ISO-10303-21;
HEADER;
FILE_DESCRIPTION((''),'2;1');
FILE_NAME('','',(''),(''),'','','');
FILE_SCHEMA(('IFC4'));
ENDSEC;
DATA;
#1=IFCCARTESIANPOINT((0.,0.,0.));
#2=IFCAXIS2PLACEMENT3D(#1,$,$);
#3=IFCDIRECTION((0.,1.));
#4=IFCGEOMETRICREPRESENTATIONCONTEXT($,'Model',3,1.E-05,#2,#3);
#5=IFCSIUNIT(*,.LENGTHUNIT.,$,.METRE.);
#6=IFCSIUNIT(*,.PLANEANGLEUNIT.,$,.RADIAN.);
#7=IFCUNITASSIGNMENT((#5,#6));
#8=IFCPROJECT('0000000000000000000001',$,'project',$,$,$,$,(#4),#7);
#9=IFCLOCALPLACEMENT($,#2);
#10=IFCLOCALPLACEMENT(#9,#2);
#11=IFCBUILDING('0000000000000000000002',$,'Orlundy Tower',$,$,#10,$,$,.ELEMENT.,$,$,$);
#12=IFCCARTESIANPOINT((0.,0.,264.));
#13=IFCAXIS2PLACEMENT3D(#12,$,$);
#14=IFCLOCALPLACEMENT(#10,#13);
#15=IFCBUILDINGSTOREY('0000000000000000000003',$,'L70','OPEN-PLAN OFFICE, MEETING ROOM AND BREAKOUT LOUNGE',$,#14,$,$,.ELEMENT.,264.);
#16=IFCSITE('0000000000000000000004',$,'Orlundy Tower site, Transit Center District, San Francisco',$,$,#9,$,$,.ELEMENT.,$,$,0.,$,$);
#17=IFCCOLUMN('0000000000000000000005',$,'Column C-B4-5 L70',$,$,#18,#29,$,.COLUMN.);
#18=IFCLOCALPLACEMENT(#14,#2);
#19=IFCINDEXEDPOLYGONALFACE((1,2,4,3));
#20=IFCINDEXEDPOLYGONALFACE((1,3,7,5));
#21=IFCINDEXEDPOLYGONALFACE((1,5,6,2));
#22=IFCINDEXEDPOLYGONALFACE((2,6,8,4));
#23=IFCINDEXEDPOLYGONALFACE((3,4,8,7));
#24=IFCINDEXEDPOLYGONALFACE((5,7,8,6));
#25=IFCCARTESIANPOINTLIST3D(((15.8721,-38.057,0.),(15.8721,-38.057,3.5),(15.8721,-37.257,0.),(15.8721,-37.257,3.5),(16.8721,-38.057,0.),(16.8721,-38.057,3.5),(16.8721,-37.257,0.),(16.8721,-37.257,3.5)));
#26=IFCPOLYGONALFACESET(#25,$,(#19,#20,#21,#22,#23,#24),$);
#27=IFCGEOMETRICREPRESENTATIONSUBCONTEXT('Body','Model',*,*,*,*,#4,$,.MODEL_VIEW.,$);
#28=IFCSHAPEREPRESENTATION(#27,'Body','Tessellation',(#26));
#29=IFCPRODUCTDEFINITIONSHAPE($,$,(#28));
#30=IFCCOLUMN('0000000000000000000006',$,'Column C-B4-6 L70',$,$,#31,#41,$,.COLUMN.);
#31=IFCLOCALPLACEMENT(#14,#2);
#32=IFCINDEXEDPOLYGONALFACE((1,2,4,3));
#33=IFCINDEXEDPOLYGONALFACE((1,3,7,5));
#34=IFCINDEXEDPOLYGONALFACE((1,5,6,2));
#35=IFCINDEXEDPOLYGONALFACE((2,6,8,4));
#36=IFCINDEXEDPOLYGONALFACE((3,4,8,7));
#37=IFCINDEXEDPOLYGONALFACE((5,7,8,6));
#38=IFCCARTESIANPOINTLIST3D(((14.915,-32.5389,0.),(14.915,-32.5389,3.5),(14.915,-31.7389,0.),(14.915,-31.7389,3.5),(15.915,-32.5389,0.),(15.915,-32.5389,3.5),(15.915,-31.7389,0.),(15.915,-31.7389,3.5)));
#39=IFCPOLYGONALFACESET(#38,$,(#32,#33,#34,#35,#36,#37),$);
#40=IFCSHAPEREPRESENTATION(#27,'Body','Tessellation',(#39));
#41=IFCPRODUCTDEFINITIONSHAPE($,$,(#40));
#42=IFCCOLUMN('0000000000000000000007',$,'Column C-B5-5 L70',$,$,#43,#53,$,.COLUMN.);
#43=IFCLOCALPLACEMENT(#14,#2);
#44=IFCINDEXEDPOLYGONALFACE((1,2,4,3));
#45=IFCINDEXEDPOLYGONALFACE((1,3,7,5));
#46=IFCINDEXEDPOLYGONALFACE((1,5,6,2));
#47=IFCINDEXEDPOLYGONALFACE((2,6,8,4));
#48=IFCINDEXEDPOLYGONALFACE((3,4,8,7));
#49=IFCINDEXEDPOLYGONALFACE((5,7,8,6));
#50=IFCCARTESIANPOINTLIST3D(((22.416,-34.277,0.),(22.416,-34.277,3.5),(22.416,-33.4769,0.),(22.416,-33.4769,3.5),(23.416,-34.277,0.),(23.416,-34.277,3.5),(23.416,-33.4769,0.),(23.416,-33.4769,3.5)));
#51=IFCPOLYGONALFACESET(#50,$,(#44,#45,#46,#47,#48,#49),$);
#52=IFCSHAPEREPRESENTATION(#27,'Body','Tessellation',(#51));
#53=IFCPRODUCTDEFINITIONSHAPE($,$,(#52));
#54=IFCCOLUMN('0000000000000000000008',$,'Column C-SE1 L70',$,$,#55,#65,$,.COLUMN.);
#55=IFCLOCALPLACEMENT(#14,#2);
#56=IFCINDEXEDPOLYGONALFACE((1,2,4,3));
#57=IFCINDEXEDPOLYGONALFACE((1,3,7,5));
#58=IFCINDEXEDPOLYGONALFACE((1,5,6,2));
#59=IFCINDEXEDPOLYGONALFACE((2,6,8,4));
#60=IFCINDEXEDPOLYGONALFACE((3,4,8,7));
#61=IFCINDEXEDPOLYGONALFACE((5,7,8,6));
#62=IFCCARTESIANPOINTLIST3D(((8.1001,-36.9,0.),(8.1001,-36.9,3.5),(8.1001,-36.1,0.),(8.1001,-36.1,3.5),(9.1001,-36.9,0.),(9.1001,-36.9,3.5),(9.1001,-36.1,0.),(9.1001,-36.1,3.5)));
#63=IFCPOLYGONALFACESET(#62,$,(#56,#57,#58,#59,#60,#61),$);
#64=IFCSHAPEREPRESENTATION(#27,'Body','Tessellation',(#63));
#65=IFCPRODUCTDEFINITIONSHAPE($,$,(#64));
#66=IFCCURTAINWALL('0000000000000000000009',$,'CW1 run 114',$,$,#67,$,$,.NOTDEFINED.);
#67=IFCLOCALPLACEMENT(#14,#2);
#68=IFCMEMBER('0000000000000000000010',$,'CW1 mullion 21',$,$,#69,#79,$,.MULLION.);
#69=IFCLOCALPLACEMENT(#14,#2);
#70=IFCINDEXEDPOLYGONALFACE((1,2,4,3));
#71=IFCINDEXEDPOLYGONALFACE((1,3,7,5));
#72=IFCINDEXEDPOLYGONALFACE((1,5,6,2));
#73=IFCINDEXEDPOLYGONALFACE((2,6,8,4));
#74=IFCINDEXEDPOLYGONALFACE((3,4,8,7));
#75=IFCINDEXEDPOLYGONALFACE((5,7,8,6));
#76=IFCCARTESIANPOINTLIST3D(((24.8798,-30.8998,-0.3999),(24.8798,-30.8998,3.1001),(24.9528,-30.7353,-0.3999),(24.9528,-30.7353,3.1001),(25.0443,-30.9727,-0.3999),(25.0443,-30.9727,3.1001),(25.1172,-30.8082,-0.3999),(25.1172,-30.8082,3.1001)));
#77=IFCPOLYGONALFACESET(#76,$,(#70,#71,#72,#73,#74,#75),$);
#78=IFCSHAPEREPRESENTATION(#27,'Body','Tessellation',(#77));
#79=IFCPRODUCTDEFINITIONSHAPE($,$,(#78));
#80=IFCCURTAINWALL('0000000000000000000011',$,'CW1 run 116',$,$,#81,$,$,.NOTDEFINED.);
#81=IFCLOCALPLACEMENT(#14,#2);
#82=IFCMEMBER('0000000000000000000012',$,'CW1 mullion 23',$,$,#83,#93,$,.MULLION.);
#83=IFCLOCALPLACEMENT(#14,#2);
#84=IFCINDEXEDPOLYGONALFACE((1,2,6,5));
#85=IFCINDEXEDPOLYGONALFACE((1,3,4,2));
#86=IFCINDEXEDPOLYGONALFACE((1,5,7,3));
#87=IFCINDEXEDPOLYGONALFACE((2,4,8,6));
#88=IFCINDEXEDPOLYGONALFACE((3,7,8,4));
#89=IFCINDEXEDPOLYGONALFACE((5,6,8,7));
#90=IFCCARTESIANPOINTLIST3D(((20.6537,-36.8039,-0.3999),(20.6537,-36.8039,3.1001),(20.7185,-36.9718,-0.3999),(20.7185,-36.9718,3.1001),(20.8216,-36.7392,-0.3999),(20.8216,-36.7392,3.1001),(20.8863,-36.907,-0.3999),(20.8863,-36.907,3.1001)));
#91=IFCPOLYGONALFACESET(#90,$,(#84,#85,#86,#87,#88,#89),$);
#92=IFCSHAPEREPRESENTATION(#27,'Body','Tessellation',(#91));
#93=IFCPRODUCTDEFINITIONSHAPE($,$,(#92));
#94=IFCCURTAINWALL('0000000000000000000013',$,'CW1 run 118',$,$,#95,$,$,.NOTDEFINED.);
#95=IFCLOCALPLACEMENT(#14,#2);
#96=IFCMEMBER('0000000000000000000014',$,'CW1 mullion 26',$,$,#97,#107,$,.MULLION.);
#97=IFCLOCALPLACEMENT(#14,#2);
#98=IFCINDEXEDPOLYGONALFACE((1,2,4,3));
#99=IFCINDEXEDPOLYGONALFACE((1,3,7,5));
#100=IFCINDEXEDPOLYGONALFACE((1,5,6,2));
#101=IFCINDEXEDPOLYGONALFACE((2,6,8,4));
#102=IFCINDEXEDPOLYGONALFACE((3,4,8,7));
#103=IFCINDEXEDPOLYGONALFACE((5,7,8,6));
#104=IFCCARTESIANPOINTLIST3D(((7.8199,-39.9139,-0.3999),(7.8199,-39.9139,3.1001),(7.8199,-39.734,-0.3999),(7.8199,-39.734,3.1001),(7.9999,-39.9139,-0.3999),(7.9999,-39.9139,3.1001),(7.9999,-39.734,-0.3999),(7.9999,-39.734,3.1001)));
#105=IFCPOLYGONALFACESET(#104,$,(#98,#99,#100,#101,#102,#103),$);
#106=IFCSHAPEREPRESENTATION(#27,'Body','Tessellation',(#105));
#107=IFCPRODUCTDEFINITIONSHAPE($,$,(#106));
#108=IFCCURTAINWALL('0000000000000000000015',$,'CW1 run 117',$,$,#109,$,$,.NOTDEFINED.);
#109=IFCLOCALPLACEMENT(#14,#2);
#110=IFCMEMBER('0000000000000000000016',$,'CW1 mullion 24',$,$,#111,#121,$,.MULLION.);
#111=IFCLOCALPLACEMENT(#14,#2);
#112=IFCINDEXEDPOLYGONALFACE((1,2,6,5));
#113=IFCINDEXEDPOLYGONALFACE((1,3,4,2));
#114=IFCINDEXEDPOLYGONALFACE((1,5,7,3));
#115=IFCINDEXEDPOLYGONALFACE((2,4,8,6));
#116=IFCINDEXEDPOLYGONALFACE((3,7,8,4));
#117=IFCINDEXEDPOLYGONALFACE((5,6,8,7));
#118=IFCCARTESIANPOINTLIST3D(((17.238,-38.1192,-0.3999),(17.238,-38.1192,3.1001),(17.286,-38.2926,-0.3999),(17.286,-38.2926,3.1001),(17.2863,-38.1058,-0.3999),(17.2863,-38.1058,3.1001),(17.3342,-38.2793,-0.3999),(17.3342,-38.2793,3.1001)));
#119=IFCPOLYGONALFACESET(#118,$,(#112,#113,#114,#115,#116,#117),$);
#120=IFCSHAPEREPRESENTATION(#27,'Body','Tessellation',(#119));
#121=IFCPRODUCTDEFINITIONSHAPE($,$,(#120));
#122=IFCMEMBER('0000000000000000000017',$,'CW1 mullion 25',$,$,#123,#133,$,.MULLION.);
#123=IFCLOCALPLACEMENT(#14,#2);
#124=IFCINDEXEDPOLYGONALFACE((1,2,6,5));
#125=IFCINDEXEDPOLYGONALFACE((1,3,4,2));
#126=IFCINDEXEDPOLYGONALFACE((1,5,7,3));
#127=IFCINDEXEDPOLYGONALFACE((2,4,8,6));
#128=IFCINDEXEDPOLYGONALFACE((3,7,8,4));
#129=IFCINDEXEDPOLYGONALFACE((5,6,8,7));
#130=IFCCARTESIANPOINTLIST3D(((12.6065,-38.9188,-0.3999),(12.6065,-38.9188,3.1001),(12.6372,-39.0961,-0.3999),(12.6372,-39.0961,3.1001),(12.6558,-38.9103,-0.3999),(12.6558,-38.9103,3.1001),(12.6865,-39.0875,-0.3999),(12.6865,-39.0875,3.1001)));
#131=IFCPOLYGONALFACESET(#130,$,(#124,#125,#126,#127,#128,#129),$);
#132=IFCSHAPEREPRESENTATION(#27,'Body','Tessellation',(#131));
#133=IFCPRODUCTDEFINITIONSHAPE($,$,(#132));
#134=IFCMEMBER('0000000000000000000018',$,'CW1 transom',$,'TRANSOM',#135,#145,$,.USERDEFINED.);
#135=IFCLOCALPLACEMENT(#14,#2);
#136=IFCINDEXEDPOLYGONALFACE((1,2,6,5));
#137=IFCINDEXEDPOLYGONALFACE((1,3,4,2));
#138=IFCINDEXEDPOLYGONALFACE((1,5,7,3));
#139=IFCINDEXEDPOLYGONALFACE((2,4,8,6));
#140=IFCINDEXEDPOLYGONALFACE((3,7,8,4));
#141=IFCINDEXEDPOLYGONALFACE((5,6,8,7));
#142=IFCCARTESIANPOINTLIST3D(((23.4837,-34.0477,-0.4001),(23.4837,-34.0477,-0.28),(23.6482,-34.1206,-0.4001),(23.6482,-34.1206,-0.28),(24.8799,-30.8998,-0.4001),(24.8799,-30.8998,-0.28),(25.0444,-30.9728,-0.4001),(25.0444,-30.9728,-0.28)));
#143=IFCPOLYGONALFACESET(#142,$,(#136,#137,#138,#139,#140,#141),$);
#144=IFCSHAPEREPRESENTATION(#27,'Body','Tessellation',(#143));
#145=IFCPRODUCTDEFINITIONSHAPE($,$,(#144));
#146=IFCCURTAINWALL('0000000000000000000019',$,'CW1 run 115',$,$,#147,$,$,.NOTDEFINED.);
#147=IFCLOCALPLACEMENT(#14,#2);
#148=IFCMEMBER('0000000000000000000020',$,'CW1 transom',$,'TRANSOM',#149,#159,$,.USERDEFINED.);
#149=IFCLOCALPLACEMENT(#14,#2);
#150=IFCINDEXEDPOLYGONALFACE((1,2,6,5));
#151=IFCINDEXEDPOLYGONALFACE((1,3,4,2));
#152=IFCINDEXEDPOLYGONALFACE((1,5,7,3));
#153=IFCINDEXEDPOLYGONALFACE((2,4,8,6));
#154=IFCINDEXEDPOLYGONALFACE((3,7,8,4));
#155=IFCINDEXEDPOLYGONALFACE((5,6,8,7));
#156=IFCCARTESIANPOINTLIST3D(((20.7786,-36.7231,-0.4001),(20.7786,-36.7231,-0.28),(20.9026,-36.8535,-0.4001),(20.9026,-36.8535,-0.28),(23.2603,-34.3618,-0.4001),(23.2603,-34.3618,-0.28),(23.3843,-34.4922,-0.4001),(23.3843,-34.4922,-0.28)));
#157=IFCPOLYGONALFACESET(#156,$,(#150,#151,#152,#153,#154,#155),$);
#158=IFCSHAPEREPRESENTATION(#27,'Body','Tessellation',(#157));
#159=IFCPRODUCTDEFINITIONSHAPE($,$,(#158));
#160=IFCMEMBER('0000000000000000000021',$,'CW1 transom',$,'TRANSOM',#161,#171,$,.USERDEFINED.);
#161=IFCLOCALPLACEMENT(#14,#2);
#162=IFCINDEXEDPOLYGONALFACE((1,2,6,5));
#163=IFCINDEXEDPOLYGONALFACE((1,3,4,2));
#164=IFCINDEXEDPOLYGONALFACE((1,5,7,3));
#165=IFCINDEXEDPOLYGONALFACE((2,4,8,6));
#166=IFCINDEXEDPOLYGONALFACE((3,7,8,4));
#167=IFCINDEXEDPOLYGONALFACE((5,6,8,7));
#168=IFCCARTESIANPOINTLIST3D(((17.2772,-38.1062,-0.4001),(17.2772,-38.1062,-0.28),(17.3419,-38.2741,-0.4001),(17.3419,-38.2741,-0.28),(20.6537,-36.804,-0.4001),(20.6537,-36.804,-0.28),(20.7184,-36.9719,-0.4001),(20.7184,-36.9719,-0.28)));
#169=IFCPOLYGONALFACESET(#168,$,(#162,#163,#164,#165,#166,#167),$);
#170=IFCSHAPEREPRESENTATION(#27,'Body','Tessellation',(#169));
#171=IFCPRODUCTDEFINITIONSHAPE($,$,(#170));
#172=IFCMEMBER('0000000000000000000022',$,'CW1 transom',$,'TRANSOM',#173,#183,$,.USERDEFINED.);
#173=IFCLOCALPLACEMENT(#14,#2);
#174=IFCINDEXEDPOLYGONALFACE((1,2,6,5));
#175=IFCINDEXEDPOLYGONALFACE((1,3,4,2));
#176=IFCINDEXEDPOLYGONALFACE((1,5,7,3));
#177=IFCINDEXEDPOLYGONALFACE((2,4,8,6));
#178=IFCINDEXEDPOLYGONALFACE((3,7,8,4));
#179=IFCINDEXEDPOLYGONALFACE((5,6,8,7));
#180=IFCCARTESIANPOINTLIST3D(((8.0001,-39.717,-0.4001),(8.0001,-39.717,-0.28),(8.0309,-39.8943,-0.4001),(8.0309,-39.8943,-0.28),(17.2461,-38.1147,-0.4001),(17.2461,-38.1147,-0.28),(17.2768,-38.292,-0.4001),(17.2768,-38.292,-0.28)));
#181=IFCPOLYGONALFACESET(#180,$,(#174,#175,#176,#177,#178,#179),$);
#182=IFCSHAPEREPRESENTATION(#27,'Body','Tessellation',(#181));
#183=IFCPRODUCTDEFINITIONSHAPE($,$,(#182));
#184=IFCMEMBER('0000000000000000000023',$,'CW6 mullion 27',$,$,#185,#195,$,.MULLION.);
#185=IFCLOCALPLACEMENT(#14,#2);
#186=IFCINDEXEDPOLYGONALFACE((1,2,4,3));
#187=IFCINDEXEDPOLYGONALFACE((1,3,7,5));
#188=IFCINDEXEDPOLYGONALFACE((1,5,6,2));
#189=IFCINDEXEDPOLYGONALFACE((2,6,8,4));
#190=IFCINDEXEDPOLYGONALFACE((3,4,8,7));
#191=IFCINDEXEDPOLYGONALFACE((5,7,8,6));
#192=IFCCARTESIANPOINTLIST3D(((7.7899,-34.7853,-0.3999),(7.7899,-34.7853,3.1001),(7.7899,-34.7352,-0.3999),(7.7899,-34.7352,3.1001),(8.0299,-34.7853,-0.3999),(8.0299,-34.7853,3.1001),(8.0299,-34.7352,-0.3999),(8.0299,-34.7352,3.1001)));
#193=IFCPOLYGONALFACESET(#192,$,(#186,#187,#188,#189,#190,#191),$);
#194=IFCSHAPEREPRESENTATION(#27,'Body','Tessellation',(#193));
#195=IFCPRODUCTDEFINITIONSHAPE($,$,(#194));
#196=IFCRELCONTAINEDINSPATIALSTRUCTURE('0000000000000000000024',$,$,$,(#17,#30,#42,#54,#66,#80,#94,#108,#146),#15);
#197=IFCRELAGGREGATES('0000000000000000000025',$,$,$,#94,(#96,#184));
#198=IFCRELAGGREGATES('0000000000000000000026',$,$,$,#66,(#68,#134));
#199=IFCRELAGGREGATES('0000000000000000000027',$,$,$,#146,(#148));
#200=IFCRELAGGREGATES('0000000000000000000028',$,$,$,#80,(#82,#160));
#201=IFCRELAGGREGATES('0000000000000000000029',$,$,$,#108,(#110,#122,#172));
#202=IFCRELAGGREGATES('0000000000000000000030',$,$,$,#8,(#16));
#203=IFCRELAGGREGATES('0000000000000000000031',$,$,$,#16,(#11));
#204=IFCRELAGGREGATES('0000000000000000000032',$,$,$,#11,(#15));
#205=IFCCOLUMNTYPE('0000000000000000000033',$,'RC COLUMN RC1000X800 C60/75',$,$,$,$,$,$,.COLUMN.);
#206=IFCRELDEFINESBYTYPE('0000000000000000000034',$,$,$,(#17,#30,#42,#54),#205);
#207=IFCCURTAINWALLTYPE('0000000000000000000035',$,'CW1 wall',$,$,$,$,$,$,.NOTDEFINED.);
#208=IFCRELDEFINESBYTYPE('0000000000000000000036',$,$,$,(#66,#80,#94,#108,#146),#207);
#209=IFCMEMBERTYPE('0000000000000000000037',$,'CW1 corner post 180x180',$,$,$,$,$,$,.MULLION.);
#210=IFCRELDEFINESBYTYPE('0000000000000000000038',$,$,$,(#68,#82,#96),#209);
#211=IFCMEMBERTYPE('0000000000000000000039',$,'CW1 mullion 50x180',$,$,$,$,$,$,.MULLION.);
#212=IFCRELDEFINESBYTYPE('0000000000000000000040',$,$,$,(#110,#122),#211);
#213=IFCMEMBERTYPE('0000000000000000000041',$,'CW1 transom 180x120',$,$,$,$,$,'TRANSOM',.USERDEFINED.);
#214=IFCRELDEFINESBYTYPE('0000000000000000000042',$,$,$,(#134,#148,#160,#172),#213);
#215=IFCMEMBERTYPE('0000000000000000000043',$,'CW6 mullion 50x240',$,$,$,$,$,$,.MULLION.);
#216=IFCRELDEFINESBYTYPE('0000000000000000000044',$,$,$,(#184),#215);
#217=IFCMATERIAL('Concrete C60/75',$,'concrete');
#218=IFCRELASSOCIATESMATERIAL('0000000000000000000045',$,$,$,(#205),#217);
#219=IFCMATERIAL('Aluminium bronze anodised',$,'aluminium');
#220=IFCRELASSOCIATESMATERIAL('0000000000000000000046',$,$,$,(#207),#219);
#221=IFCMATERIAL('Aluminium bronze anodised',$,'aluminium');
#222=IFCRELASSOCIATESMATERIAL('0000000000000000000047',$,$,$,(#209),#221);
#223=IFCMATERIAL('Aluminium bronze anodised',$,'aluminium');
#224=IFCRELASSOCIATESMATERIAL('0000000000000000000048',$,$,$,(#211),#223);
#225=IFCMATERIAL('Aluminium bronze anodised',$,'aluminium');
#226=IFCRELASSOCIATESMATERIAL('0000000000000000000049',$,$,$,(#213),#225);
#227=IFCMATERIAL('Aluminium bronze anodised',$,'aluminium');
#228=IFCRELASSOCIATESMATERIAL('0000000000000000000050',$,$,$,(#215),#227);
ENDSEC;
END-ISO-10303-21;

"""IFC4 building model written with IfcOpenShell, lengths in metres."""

from ifc_helpers import new_model, si_unit, direction, frame, origin, origin_2d, place, context, subcontext, project, spatial, rectangle, extrude, material, material_profile, profile_set, type_object, element, aggregate, save


model = new_model("IFC4")

# Units and contexts
model_context = context("Model", 3, precision=1e-05, world=origin(), true_north=direction((0.0, 1.0)))
body_context = subcontext(model_context, "Body", "Model", "MODEL_VIEW")
ifc_project = project(units=[si_unit("LENGTHUNIT", "METRE"), si_unit("PLANEANGLEUNIT", "RADIAN")], contexts=[model_context])

# Site, building, storey
site_placement = place(None, origin())
site = spatial("IfcSite", under=ifc_project, at=site_placement, Name="Orlundy Tower site, Transit Center District, San Francisco", CompositionType="ELEMENT", RefElevation=0.0)
building_placement = place(site_placement, origin())
building = spatial("IfcBuilding", under=site, at=building_placement, Name="Orlundy Tower", CompositionType="ELEMENT")
storey_placement = place(building_placement, frame((0.0, 0.0, 264.0)))
storey = spatial("IfcBuildingStorey", under=building, at=storey_placement, Name="L70", Description="OPEN-PLAN OFFICE, MEETING ROOM AND BREAKOUT LOUNGE", CompositionType="ELEMENT", Elevation=264.0)

# Columns
ifc_material_1 = material(Name="Concrete C60/75", Category="concrete")
ifc_material_profile_1 = material_profile(ifc_material_1, rectangle(XDim=1.0, YDim=0.8, at=origin_2d()), Name="RC1000X800")
ifc_profile_set_1 = profile_set([ifc_material_profile_1], Name="Concrete C60/75")
column_type = type_object("IfcColumnType", Name="RC COLUMN RC1000X800 C60/75", PredefinedType="COLUMN", material=ifc_profile_set_1)
for number, where, z_axis, x_axis, name in (
    (1, (16.3721, -37.657, 0.0), (0.0, 0.0, 1.0), (1.0, 0.0, 0.0), "Column C-B4-5 L70"),
    (2, (15.415, -32.1389, 0.0), (0.0, 0.0, 1.0), (1.0, 0.0, 0.0), "Column C-B4-6 L70"),
    (3, (22.916, -33.877, 0.0), (0.0, 0.0, 1.0), (1.0, 0.0, 0.0), "Column C-B5-5 L70"),
    (4, (8.6001, -36.5, 0.0), (0.0, 0.0, 1.0), (1.0, 0.0, 0.0), "Column C-SE1 L70"),
):
    element("IfcColumn", number, at=place(storey_placement, frame(where, z_axis=z_axis, x_axis=x_axis)), inside=storey, type_object=column_type, Name=name, PredefinedType="COLUMN", context=body_context, shape_type="SweptSolid", body=[
        extrude(rectangle(XDim=1.0, YDim=0.8, at=origin_2d()), origin(), (0.0, 0.0, 1.0), 3.5),
    ])

# Curtain walls, members
ifc_material_2 = material(Name="Aluminium bronze anodised", Category="aluminium")
curtain_wall_type = type_object("IfcCurtainWallType", Name="CW1 wall", PredefinedType="NOTDEFINED", material=ifc_material_2)
curtain_wall_1_placement = place(storey_placement, origin())
curtain_wall_1 = element("IfcCurtainWall", 5, at=curtain_wall_1_placement, inside=storey, type_object=curtain_wall_type, Name="CW1 run 114", PredefinedType="NOTDEFINED")
ifc_material_3 = material(Name="Aluminium bronze anodised", Category="aluminium")
ifc_material_profile_2 = material_profile(ifc_material_3, rectangle(XDim=0.1799, YDim=0.1799, at=origin_2d()), Name="CW1 corner post 180x180")
ifc_profile_set_2 = profile_set([ifc_material_profile_2], Name="Aluminium bronze anodised")
member_type_1 = type_object("IfcMemberType", Name="CW1 corner post 180x180", PredefinedType="MULLION", material=ifc_profile_set_2)
member_1_placement = place(storey_placement, frame((24.9985, -30.854, -0.3999), z_axis=(0.0, 0.0, 1.0), x_axis=(0.914134, -0.405413, 0.0)))
member_1 = element("IfcMember", 6, at=member_1_placement, type_object=member_type_1, Name="CW1 mullion 21", PredefinedType="MULLION", context=body_context, shape_type="SweptSolid", body=[
    extrude(rectangle(XDim=0.1799, YDim=0.1799, at=origin_2d()), origin(), (0.0, 0.0, 1.0), 3.5),
])
curtain_wall_2_placement = place(storey_placement, origin())
curtain_wall_2 = element("IfcCurtainWall", 7, at=curtain_wall_2_placement, inside=storey, type_object=curtain_wall_type, Name="CW1 run 116", PredefinedType="NOTDEFINED")
member_2_placement = place(storey_placement, frame((20.77, -36.8555, -0.3999), z_axis=(0.0, 0.0, 1.0), x_axis=(0.359828, -0.933018, 0.0)))
member_2 = element("IfcMember", 8, at=member_2_placement, type_object=member_type_1, Name="CW1 mullion 23", PredefinedType="MULLION", context=body_context, shape_type="SweptSolid", body=[
    extrude(rectangle(XDim=0.1799, YDim=0.1799, at=origin_2d()), origin(), (0.0, 0.0, 1.0), 3.5),
])
curtain_wall_3_placement = place(storey_placement, origin())
curtain_wall_3 = element("IfcCurtainWall", 9, at=curtain_wall_3_placement, inside=storey, type_object=curtain_wall_type, Name="CW1 run 118", PredefinedType="NOTDEFINED")
member_3_placement = place(storey_placement, frame((7.9099, -39.824, -0.3999), z_axis=(0.0, 0.0, 1.0), x_axis=(-1.0, 0.0, 0.0)))
member_3 = element("IfcMember", 10, at=member_3_placement, type_object=member_type_1, Name="CW1 mullion 26", PredefinedType="MULLION", context=body_context, shape_type="SweptSolid", body=[
    extrude(rectangle(XDim=0.1799, YDim=0.1799, at=origin_2d()), origin(), (0.0, 0.0, 1.0), 3.5),
])

# Curtain wall, members
curtain_wall_4_placement = place(storey_placement, origin())
curtain_wall_4 = element("IfcCurtainWall", 11, at=curtain_wall_4_placement, inside=storey, type_object=curtain_wall_type, Name="CW1 run 117", PredefinedType="NOTDEFINED")
ifc_material_4 = material(Name="Aluminium bronze anodised", Category="aluminium")
ifc_material_profile_3 = material_profile(ifc_material_4, rectangle(XDim=0.1799, YDim=0.05, at=origin_2d()), Name="CW1 mullion 50x180")
ifc_profile_set_3 = profile_set([ifc_material_profile_3], Name="Aluminium bronze anodised")
member_type_2 = type_object("IfcMemberType", Name="CW1 mullion 50x180", PredefinedType="MULLION", material=ifc_profile_set_3)
member_4_placement = place(storey_placement, frame((17.2861, -38.1992, -0.3999), z_axis=(0.0, 0.0, 1.0), x_axis=(0.266572, -0.963815, 0.0)))
member_4 = element("IfcMember", 12, at=member_4_placement, type_object=member_type_2, Name="CW1 mullion 24", PredefinedType="MULLION", context=body_context, shape_type="SweptSolid", body=[
    extrude(rectangle(XDim=0.1799, YDim=0.05, at=origin_2d()), origin(), (0.0, 0.0, 1.0), 3.5),
])
member_5_placement = place(storey_placement, frame((12.6465, -39.0032, -0.3999), z_axis=(0.0, 0.0, 1.0), x_axis=(0.170744, -0.985315, 0.0)))
member_5 = element("IfcMember", 13, at=member_5_placement, type_object=member_type_2, Name="CW1 mullion 25", PredefinedType="MULLION", context=body_context, shape_type="SweptSolid", body=[
    extrude(rectangle(XDim=0.1799, YDim=0.05, at=origin_2d()), origin(), (0.0, 0.0, 1.0), 3.5),
])

# Member
ifc_material_5 = material(Name="Aluminium bronze anodised", Category="aluminium")
ifc_material_profile_4 = material_profile(ifc_material_5, rectangle(XDim=0.1799, YDim=0.1201, at=origin_2d()), Name="CW1 transom 180x120")
ifc_profile_set_4 = profile_set([ifc_material_profile_4], Name="Aluminium bronze anodised")
member_type_3 = type_object("IfcMemberType", Name="CW1 transom 180x120", ElementType="TRANSOM", PredefinedType="USERDEFINED", material=ifc_profile_set_4)
member_6_placement = place(storey_placement, frame((24.9622, -30.9363, -0.3401), z_axis=(-0.405448, -0.914118, 0.0), x_axis=(0.914118, -0.405448, 0.0)))
member_6 = element("IfcMember", 14, at=member_6_placement, type_object=member_type_3, Name="CW1 transom", ObjectType="TRANSOM", PredefinedType="USERDEFINED", context=body_context, shape_type="SweptSolid", body=[
    extrude(rectangle(XDim=0.1799, YDim=0.1201, at=origin_2d()), origin(), (0.0, 0.0, 1.0), 3.4436),
])

# Curtain wall, member
curtain_wall_5_placement = place(storey_placement, origin())
curtain_wall_5 = element("IfcCurtainWall", 15, at=curtain_wall_5_placement, inside=storey, type_object=curtain_wall_type, Name="CW1 run 115", PredefinedType="NOTDEFINED")
member_7_placement = place(storey_placement, frame((23.3223, -34.427, -0.3401), z_axis=(-0.724456, -0.689321, 0.0), x_axis=(0.689321, -0.724456, 0.0)))
member_7 = element("IfcMember", 16, at=member_7_placement, type_object=member_type_3, Name="CW1 transom", ObjectType="TRANSOM", PredefinedType="USERDEFINED", context=body_context, shape_type="SweptSolid", body=[
    extrude(rectangle(XDim=0.1799, YDim=0.1201, at=origin_2d()), origin(), (0.0, 0.0, 1.0), 3.4255),
])

# Members
member_8_placement = place(storey_placement, frame((20.686, -36.8879, -0.3401), z_axis=(-0.933011, -0.359847, 0.0), x_axis=(0.359847, -0.933011, 0.0)))
member_8 = element("IfcMember", 17, at=member_8_placement, type_object=member_type_3, Name="CW1 transom", ObjectType="TRANSOM", PredefinedType="USERDEFINED", context=body_context, shape_type="SweptSolid", body=[
    extrude(rectangle(XDim=0.1799, YDim=0.1201, at=origin_2d()), origin(), (0.0, 0.0, 1.0), 3.6189),
])
member_9_placement = place(storey_placement, frame((17.2615, -38.2034, -0.3401), z_axis=(-0.985314, -0.170749, 0.0), x_axis=(0.170749, -0.985314, 0.0)))
member_9 = element("IfcMember", 18, at=member_9_placement, type_object=member_type_3, Name="CW1 transom", ObjectType="TRANSOM", PredefinedType="USERDEFINED", context=body_context, shape_type="SweptSolid", body=[
    extrude(rectangle(XDim=0.1799, YDim=0.1201, at=origin_2d()), origin(), (0.0, 0.0, 1.0), 9.3838),
])
ifc_material_6 = material(Name="Aluminium bronze anodised", Category="aluminium")
ifc_material_profile_5 = material_profile(ifc_material_6, rectangle(XDim=0.24, YDim=0.05, at=origin_2d()), Name="CW6 mullion 50x240")
ifc_profile_set_5 = profile_set([ifc_material_profile_5], Name="Aluminium bronze anodised")
member_type_4 = type_object("IfcMemberType", Name="CW6 mullion 50x240", PredefinedType="MULLION", material=ifc_profile_set_5)
member_10_placement = place(storey_placement, frame((7.9099, -34.7603, -0.3999), z_axis=(0.0, 0.0, 1.0), x_axis=(-1.0, 0.0, 0.0)))
member_10 = element("IfcMember", 19, at=member_10_placement, type_object=member_type_4, Name="CW6 mullion 27", PredefinedType="MULLION", context=body_context, shape_type="SweptSolid", body=[
    extrude(rectangle(XDim=0.24, YDim=0.05, at=origin_2d()), origin(), (0.0, 0.0, 1.0), 3.5),
])
aggregate(curtain_wall_3, [member_3, member_10])

aggregate(curtain_wall_1, [member_1, member_6])
aggregate(curtain_wall_5, [member_7])
aggregate(curtain_wall_2, [member_2, member_8])
aggregate(curtain_wall_4, [member_4, member_5, member_9])

save(model, "model.ifc")
